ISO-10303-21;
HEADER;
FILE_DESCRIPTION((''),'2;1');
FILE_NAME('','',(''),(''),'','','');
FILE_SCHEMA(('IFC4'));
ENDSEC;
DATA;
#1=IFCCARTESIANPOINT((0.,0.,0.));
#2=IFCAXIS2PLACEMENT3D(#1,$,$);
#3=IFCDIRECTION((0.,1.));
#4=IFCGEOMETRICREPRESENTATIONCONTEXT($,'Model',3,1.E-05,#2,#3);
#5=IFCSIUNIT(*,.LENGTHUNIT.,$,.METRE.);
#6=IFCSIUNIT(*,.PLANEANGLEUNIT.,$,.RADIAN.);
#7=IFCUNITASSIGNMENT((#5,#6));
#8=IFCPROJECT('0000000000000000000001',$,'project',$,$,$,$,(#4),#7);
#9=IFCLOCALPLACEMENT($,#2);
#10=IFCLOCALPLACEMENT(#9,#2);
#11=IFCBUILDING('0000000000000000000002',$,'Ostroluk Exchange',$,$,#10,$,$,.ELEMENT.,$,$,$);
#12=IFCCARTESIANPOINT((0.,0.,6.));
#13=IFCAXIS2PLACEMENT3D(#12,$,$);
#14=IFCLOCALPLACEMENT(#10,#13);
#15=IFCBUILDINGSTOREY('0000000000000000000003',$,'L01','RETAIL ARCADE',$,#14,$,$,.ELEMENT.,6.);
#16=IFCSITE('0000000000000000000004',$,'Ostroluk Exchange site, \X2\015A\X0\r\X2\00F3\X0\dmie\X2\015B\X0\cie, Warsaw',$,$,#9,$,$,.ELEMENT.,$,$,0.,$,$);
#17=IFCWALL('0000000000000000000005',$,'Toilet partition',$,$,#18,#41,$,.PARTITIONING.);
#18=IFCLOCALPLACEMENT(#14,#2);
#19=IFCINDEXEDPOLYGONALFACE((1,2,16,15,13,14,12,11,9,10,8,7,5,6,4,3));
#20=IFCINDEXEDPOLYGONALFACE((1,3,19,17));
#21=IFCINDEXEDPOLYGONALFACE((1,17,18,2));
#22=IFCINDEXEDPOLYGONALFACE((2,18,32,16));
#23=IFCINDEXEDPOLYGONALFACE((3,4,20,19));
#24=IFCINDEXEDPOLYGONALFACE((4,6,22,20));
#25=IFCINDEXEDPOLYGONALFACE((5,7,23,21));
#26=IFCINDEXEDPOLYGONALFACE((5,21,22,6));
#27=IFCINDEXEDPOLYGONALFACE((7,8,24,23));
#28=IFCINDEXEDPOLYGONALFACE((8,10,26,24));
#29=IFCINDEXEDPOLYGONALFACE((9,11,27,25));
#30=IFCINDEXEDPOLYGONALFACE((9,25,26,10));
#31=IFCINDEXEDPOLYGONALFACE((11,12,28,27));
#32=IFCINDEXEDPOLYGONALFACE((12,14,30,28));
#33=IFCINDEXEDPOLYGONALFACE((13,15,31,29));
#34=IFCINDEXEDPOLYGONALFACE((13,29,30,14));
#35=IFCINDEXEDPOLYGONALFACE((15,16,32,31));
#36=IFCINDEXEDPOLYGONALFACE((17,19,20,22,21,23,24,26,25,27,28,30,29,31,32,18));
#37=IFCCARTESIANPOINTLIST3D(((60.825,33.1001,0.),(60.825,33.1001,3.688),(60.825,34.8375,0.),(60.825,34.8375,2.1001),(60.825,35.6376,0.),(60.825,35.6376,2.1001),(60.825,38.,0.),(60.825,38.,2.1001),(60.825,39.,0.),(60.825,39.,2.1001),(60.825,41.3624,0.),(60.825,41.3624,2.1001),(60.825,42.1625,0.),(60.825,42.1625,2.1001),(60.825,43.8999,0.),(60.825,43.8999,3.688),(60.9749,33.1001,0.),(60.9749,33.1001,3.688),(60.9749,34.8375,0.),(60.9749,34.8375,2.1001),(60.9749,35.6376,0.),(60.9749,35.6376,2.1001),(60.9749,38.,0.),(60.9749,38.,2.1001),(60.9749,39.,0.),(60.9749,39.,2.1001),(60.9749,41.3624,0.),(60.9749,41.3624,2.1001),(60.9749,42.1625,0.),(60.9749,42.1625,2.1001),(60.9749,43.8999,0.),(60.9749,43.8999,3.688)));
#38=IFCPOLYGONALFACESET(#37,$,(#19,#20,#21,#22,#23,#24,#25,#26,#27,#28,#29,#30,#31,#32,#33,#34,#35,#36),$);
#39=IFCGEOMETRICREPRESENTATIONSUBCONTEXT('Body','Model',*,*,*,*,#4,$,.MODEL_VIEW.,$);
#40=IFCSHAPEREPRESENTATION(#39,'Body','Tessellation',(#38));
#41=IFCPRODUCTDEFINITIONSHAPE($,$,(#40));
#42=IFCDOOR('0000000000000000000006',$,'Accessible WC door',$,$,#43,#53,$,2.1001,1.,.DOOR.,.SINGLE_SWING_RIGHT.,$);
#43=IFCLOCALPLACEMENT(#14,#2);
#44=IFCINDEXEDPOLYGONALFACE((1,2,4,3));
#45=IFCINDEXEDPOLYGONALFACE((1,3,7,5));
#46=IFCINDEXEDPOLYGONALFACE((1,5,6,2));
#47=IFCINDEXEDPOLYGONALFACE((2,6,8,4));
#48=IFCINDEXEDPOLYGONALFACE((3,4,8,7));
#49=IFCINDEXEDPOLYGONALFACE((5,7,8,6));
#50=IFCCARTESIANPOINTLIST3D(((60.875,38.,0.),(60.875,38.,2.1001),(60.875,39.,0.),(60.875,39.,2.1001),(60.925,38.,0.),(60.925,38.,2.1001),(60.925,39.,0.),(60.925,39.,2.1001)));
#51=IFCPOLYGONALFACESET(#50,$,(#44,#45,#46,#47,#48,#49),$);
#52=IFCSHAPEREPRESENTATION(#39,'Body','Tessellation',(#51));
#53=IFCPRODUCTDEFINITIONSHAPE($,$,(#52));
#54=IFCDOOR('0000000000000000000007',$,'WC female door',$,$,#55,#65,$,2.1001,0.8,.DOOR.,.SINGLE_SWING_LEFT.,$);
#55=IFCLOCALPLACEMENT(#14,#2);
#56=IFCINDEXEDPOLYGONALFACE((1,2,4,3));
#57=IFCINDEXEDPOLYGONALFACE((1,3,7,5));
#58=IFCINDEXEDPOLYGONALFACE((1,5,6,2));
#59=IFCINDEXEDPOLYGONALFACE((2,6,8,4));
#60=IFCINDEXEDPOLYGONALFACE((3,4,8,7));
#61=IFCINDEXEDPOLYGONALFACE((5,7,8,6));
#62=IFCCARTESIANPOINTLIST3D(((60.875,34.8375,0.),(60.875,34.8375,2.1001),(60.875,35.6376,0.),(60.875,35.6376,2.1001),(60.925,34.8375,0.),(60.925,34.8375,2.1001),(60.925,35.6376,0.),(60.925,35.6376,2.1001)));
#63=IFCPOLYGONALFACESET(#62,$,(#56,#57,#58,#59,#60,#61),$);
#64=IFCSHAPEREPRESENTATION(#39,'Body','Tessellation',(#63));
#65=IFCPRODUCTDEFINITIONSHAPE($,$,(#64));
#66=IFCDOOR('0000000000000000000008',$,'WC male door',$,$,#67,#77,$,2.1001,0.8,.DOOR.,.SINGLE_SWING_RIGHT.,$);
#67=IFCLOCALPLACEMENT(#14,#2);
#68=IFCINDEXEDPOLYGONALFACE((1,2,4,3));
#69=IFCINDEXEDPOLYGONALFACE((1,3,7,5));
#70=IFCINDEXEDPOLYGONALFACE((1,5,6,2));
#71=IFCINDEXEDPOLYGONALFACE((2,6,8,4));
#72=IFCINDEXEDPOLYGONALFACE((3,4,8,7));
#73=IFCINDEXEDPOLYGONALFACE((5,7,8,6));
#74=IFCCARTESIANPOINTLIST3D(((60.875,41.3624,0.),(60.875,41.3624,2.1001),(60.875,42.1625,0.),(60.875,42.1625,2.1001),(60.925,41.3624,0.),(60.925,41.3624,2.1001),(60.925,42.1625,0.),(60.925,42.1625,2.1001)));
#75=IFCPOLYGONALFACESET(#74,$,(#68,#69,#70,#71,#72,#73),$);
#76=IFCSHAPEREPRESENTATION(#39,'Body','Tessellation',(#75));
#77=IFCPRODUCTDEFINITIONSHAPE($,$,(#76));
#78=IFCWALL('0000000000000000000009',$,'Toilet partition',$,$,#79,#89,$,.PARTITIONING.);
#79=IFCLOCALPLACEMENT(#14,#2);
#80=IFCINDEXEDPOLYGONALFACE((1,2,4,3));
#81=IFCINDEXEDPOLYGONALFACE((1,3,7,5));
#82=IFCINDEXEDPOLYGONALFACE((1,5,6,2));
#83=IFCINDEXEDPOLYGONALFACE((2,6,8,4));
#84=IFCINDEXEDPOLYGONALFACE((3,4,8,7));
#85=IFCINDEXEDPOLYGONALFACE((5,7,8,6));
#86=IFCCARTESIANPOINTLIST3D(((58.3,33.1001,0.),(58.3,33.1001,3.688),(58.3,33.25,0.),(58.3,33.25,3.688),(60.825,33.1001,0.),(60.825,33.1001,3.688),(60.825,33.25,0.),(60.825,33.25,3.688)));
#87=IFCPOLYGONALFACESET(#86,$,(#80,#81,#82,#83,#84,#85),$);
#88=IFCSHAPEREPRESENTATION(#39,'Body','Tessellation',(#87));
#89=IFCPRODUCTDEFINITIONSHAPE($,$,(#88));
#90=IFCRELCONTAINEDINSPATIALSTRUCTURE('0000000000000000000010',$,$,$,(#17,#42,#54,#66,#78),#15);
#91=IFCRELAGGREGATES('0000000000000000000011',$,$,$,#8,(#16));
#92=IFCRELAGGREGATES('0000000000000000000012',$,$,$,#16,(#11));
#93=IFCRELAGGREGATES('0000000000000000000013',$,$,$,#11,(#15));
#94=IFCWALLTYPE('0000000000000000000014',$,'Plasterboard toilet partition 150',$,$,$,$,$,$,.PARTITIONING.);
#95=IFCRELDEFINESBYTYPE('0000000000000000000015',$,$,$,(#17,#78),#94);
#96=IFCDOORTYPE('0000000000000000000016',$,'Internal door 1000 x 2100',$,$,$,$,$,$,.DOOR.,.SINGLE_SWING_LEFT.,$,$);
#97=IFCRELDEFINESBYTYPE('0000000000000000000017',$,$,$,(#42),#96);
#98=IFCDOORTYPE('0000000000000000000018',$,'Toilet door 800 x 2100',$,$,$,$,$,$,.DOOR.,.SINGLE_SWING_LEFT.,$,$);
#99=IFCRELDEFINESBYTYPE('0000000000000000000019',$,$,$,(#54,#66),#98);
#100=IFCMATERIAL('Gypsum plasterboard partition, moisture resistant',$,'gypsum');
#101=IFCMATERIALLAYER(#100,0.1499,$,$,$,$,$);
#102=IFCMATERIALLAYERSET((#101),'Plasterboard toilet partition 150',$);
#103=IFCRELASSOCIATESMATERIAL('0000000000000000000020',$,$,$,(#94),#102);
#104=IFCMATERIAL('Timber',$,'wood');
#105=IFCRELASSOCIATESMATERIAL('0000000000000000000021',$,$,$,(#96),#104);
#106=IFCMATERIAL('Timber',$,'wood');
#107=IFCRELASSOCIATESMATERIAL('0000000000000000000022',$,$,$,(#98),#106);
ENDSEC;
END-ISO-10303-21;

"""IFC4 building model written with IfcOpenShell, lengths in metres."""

from ifc_helpers import new_model, si_unit, direction, frame, frame_2d, origin, place, context, subcontext, project, spatial, rectangle, extrude, material, layer, layer_set, type_object, element, fill, save


model = new_model("IFC4")

# Units and contexts
model_context = context("Model", 3, precision=1e-05, world=origin(), true_north=direction((0.0, 1.0)))
body_context = subcontext(model_context, "Body", "Model", "MODEL_VIEW")
ifc_project = project(units=[si_unit("LENGTHUNIT", "METRE"), si_unit("PLANEANGLEUNIT", "RADIAN")], contexts=[model_context])

# Site, building, storey
site_placement = place(None, origin())
site = spatial("IfcSite", under=ifc_project, at=site_placement, Name="Ostroluk Exchange site, Śródmieście, Warsaw", CompositionType="ELEMENT", RefElevation=0.0)
building_placement = place(site_placement, origin())
building = spatial("IfcBuilding", under=site, at=building_placement, Name="Ostroluk Exchange", CompositionType="ELEMENT")
storey_placement = place(building_placement, frame((0.0, 0.0, 6.0)))
storey = spatial("IfcBuildingStorey", under=building, at=storey_placement, Name="L01", Description="RETAIL ARCADE", CompositionType="ELEMENT", Elevation=6.0)

# Wall, openings, doors
ifc_material_1 = material(Name="Gypsum plasterboard partition, moisture resistant", Category="gypsum")
ifc_layer_1 = layer(ifc_material_1, 0.1499)
ifc_layer_set_1 = layer_set([ifc_layer_1], Name="Plasterboard toilet partition 150")
wall_type_1 = type_object("IfcWallType", Name="Plasterboard toilet partition 150", PredefinedType="PARTITIONING", material=ifc_layer_set_1)
wall_1_placement = place(storey_placement, frame((60.8999, 33.1001, 0.0), z_axis=(0.0, 0.0, 1.0), x_axis=(0.0, 1.0, 0.0)))
wall_1 = element("IfcWall", 1, at=wall_1_placement, inside=storey, type_object=wall_type_1, Name="Toilet partition", PredefinedType="PARTITIONING", context=body_context, shape_type="SweptSolid", body=[
    extrude(rectangle(XDim=10.7998, YDim=0.1499, at=frame_2d((5.3999, 0.0))), origin(), (0.0, 0.0, 1.0), 3.688),
])
opening_1_placement = place(wall_1_placement, frame((1.7375, 0.0, 0.0)))
opening_1 = element("IfcOpeningElement", 2, at=opening_1_placement, cuts=wall_1, PredefinedType="OPENING", context=body_context, shape_type="SweptSolid", body=[
    extrude(rectangle(XDim=0.8, YDim=2.1001, at=frame_2d((0.3999, 1.05))), frame((0.0, 0.085, 0.0), z_axis=(0.0, -1.0, 0.0), x_axis=(1.0, 0.0, 0.0)), (0.0, 0.0, 1.0), 0.1699),
])
opening_2_placement = place(wall_1_placement, frame((4.8999, 0.0, 0.0)))
opening_2 = element("IfcOpeningElement", 3, at=opening_2_placement, cuts=wall_1, PredefinedType="OPENING", context=body_context, shape_type="SweptSolid", body=[
    extrude(rectangle(XDim=1.0, YDim=2.1001, at=frame_2d((0.5, 1.05))), frame((0.0, 0.085, 0.0), z_axis=(0.0, -1.0, 0.0), x_axis=(1.0, 0.0, 0.0)), (0.0, 0.0, 1.0), 0.1699),
])
opening_3_placement = place(wall_1_placement, frame((8.2625, 0.0, 0.0)))
opening_3 = element("IfcOpeningElement", 4, at=opening_3_placement, cuts=wall_1, PredefinedType="OPENING", context=body_context, shape_type="SweptSolid", body=[
    extrude(rectangle(XDim=0.8, YDim=2.1001, at=frame_2d((0.3999, 1.05))), frame((0.0, 0.085, 0.0), z_axis=(0.0, -1.0, 0.0), x_axis=(1.0, 0.0, 0.0)), (0.0, 0.0, 1.0), 0.1699),
])
ifc_material_2 = material(Name="Timber", Category="wood")
door_type_1 = type_object("IfcDoorType", Name="Internal door 1000 x 2100", OperationType="SINGLE_SWING_LEFT", PredefinedType="DOOR", material=ifc_material_2)
door_1_placement = place(opening_2_placement, origin())
door_1 = element("IfcDoor", 5, at=door_1_placement, inside=storey, type_object=door_type_1, Name="Accessible WC door", OperationType="SINGLE_SWING_RIGHT", OverallHeight=2.1001, OverallWidth=1.0, PredefinedType="DOOR", context=body_context, shape_type="SweptSolid", body=[
    extrude(rectangle(XDim=1.0, YDim=2.1001, at=frame_2d((0.5, 1.05))), frame((0.0, 0.0249, 0.0), z_axis=(0.0, -1.0, 0.0), x_axis=(1.0, 0.0, 0.0)), (0.0, 0.0, 1.0), 0.05),
])
fill(opening_2, door_1)
ifc_material_3 = material(Name="Timber", Category="wood")
door_type_2 = type_object("IfcDoorType", Name="Toilet door 800 x 2100", OperationType="SINGLE_SWING_LEFT", PredefinedType="DOOR", material=ifc_material_3)
door_2_placement = place(opening_1_placement, origin())
door_2 = element("IfcDoor", 6, at=door_2_placement, inside=storey, type_object=door_type_2, Name="WC female door", OperationType="SINGLE_SWING_LEFT", OverallHeight=2.1001, OverallWidth=0.8, PredefinedType="DOOR", context=body_context, shape_type="SweptSolid", body=[
    extrude(rectangle(XDim=0.8, YDim=2.1001, at=frame_2d((0.3999, 1.05))), frame((0.0, 0.0249, 0.0), z_axis=(0.0, -1.0, 0.0), x_axis=(1.0, 0.0, 0.0)), (0.0, 0.0, 1.0), 0.05),
])
fill(opening_1, door_2)
door_3_placement = place(opening_3_placement, origin())
door_3 = element("IfcDoor", 7, at=door_3_placement, inside=storey, type_object=door_type_2, Name="WC male door", OperationType="SINGLE_SWING_RIGHT", OverallHeight=2.1001, OverallWidth=0.8, PredefinedType="DOOR", context=body_context, shape_type="SweptSolid", body=[
    extrude(rectangle(XDim=0.8, YDim=2.1001, at=frame_2d((0.3999, 1.05))), frame((0.0, 0.0249, 0.0), z_axis=(0.0, -1.0, 0.0), x_axis=(1.0, 0.0, 0.0)), (0.0, 0.0, 1.0), 0.05),
])
fill(opening_3, door_3)

# Wall
wall_2_placement = place(storey_placement, frame((60.825, 33.175, 0.0), z_axis=(0.0, 0.0, 1.0), x_axis=(-1.0, 0.0, 0.0)))
element("IfcWall", 8, at=wall_2_placement, inside=storey, type_object=wall_type_1, Name="Toilet partition", PredefinedType="PARTITIONING", context=body_context, shape_type="SweptSolid", body=[
    extrude(rectangle(XDim=2.5249, YDim=0.1499, at=frame_2d((1.2625, 0.0))), origin(), (0.0, 0.0, 1.0), 3.688),
])

save(model, "model.ifc")
